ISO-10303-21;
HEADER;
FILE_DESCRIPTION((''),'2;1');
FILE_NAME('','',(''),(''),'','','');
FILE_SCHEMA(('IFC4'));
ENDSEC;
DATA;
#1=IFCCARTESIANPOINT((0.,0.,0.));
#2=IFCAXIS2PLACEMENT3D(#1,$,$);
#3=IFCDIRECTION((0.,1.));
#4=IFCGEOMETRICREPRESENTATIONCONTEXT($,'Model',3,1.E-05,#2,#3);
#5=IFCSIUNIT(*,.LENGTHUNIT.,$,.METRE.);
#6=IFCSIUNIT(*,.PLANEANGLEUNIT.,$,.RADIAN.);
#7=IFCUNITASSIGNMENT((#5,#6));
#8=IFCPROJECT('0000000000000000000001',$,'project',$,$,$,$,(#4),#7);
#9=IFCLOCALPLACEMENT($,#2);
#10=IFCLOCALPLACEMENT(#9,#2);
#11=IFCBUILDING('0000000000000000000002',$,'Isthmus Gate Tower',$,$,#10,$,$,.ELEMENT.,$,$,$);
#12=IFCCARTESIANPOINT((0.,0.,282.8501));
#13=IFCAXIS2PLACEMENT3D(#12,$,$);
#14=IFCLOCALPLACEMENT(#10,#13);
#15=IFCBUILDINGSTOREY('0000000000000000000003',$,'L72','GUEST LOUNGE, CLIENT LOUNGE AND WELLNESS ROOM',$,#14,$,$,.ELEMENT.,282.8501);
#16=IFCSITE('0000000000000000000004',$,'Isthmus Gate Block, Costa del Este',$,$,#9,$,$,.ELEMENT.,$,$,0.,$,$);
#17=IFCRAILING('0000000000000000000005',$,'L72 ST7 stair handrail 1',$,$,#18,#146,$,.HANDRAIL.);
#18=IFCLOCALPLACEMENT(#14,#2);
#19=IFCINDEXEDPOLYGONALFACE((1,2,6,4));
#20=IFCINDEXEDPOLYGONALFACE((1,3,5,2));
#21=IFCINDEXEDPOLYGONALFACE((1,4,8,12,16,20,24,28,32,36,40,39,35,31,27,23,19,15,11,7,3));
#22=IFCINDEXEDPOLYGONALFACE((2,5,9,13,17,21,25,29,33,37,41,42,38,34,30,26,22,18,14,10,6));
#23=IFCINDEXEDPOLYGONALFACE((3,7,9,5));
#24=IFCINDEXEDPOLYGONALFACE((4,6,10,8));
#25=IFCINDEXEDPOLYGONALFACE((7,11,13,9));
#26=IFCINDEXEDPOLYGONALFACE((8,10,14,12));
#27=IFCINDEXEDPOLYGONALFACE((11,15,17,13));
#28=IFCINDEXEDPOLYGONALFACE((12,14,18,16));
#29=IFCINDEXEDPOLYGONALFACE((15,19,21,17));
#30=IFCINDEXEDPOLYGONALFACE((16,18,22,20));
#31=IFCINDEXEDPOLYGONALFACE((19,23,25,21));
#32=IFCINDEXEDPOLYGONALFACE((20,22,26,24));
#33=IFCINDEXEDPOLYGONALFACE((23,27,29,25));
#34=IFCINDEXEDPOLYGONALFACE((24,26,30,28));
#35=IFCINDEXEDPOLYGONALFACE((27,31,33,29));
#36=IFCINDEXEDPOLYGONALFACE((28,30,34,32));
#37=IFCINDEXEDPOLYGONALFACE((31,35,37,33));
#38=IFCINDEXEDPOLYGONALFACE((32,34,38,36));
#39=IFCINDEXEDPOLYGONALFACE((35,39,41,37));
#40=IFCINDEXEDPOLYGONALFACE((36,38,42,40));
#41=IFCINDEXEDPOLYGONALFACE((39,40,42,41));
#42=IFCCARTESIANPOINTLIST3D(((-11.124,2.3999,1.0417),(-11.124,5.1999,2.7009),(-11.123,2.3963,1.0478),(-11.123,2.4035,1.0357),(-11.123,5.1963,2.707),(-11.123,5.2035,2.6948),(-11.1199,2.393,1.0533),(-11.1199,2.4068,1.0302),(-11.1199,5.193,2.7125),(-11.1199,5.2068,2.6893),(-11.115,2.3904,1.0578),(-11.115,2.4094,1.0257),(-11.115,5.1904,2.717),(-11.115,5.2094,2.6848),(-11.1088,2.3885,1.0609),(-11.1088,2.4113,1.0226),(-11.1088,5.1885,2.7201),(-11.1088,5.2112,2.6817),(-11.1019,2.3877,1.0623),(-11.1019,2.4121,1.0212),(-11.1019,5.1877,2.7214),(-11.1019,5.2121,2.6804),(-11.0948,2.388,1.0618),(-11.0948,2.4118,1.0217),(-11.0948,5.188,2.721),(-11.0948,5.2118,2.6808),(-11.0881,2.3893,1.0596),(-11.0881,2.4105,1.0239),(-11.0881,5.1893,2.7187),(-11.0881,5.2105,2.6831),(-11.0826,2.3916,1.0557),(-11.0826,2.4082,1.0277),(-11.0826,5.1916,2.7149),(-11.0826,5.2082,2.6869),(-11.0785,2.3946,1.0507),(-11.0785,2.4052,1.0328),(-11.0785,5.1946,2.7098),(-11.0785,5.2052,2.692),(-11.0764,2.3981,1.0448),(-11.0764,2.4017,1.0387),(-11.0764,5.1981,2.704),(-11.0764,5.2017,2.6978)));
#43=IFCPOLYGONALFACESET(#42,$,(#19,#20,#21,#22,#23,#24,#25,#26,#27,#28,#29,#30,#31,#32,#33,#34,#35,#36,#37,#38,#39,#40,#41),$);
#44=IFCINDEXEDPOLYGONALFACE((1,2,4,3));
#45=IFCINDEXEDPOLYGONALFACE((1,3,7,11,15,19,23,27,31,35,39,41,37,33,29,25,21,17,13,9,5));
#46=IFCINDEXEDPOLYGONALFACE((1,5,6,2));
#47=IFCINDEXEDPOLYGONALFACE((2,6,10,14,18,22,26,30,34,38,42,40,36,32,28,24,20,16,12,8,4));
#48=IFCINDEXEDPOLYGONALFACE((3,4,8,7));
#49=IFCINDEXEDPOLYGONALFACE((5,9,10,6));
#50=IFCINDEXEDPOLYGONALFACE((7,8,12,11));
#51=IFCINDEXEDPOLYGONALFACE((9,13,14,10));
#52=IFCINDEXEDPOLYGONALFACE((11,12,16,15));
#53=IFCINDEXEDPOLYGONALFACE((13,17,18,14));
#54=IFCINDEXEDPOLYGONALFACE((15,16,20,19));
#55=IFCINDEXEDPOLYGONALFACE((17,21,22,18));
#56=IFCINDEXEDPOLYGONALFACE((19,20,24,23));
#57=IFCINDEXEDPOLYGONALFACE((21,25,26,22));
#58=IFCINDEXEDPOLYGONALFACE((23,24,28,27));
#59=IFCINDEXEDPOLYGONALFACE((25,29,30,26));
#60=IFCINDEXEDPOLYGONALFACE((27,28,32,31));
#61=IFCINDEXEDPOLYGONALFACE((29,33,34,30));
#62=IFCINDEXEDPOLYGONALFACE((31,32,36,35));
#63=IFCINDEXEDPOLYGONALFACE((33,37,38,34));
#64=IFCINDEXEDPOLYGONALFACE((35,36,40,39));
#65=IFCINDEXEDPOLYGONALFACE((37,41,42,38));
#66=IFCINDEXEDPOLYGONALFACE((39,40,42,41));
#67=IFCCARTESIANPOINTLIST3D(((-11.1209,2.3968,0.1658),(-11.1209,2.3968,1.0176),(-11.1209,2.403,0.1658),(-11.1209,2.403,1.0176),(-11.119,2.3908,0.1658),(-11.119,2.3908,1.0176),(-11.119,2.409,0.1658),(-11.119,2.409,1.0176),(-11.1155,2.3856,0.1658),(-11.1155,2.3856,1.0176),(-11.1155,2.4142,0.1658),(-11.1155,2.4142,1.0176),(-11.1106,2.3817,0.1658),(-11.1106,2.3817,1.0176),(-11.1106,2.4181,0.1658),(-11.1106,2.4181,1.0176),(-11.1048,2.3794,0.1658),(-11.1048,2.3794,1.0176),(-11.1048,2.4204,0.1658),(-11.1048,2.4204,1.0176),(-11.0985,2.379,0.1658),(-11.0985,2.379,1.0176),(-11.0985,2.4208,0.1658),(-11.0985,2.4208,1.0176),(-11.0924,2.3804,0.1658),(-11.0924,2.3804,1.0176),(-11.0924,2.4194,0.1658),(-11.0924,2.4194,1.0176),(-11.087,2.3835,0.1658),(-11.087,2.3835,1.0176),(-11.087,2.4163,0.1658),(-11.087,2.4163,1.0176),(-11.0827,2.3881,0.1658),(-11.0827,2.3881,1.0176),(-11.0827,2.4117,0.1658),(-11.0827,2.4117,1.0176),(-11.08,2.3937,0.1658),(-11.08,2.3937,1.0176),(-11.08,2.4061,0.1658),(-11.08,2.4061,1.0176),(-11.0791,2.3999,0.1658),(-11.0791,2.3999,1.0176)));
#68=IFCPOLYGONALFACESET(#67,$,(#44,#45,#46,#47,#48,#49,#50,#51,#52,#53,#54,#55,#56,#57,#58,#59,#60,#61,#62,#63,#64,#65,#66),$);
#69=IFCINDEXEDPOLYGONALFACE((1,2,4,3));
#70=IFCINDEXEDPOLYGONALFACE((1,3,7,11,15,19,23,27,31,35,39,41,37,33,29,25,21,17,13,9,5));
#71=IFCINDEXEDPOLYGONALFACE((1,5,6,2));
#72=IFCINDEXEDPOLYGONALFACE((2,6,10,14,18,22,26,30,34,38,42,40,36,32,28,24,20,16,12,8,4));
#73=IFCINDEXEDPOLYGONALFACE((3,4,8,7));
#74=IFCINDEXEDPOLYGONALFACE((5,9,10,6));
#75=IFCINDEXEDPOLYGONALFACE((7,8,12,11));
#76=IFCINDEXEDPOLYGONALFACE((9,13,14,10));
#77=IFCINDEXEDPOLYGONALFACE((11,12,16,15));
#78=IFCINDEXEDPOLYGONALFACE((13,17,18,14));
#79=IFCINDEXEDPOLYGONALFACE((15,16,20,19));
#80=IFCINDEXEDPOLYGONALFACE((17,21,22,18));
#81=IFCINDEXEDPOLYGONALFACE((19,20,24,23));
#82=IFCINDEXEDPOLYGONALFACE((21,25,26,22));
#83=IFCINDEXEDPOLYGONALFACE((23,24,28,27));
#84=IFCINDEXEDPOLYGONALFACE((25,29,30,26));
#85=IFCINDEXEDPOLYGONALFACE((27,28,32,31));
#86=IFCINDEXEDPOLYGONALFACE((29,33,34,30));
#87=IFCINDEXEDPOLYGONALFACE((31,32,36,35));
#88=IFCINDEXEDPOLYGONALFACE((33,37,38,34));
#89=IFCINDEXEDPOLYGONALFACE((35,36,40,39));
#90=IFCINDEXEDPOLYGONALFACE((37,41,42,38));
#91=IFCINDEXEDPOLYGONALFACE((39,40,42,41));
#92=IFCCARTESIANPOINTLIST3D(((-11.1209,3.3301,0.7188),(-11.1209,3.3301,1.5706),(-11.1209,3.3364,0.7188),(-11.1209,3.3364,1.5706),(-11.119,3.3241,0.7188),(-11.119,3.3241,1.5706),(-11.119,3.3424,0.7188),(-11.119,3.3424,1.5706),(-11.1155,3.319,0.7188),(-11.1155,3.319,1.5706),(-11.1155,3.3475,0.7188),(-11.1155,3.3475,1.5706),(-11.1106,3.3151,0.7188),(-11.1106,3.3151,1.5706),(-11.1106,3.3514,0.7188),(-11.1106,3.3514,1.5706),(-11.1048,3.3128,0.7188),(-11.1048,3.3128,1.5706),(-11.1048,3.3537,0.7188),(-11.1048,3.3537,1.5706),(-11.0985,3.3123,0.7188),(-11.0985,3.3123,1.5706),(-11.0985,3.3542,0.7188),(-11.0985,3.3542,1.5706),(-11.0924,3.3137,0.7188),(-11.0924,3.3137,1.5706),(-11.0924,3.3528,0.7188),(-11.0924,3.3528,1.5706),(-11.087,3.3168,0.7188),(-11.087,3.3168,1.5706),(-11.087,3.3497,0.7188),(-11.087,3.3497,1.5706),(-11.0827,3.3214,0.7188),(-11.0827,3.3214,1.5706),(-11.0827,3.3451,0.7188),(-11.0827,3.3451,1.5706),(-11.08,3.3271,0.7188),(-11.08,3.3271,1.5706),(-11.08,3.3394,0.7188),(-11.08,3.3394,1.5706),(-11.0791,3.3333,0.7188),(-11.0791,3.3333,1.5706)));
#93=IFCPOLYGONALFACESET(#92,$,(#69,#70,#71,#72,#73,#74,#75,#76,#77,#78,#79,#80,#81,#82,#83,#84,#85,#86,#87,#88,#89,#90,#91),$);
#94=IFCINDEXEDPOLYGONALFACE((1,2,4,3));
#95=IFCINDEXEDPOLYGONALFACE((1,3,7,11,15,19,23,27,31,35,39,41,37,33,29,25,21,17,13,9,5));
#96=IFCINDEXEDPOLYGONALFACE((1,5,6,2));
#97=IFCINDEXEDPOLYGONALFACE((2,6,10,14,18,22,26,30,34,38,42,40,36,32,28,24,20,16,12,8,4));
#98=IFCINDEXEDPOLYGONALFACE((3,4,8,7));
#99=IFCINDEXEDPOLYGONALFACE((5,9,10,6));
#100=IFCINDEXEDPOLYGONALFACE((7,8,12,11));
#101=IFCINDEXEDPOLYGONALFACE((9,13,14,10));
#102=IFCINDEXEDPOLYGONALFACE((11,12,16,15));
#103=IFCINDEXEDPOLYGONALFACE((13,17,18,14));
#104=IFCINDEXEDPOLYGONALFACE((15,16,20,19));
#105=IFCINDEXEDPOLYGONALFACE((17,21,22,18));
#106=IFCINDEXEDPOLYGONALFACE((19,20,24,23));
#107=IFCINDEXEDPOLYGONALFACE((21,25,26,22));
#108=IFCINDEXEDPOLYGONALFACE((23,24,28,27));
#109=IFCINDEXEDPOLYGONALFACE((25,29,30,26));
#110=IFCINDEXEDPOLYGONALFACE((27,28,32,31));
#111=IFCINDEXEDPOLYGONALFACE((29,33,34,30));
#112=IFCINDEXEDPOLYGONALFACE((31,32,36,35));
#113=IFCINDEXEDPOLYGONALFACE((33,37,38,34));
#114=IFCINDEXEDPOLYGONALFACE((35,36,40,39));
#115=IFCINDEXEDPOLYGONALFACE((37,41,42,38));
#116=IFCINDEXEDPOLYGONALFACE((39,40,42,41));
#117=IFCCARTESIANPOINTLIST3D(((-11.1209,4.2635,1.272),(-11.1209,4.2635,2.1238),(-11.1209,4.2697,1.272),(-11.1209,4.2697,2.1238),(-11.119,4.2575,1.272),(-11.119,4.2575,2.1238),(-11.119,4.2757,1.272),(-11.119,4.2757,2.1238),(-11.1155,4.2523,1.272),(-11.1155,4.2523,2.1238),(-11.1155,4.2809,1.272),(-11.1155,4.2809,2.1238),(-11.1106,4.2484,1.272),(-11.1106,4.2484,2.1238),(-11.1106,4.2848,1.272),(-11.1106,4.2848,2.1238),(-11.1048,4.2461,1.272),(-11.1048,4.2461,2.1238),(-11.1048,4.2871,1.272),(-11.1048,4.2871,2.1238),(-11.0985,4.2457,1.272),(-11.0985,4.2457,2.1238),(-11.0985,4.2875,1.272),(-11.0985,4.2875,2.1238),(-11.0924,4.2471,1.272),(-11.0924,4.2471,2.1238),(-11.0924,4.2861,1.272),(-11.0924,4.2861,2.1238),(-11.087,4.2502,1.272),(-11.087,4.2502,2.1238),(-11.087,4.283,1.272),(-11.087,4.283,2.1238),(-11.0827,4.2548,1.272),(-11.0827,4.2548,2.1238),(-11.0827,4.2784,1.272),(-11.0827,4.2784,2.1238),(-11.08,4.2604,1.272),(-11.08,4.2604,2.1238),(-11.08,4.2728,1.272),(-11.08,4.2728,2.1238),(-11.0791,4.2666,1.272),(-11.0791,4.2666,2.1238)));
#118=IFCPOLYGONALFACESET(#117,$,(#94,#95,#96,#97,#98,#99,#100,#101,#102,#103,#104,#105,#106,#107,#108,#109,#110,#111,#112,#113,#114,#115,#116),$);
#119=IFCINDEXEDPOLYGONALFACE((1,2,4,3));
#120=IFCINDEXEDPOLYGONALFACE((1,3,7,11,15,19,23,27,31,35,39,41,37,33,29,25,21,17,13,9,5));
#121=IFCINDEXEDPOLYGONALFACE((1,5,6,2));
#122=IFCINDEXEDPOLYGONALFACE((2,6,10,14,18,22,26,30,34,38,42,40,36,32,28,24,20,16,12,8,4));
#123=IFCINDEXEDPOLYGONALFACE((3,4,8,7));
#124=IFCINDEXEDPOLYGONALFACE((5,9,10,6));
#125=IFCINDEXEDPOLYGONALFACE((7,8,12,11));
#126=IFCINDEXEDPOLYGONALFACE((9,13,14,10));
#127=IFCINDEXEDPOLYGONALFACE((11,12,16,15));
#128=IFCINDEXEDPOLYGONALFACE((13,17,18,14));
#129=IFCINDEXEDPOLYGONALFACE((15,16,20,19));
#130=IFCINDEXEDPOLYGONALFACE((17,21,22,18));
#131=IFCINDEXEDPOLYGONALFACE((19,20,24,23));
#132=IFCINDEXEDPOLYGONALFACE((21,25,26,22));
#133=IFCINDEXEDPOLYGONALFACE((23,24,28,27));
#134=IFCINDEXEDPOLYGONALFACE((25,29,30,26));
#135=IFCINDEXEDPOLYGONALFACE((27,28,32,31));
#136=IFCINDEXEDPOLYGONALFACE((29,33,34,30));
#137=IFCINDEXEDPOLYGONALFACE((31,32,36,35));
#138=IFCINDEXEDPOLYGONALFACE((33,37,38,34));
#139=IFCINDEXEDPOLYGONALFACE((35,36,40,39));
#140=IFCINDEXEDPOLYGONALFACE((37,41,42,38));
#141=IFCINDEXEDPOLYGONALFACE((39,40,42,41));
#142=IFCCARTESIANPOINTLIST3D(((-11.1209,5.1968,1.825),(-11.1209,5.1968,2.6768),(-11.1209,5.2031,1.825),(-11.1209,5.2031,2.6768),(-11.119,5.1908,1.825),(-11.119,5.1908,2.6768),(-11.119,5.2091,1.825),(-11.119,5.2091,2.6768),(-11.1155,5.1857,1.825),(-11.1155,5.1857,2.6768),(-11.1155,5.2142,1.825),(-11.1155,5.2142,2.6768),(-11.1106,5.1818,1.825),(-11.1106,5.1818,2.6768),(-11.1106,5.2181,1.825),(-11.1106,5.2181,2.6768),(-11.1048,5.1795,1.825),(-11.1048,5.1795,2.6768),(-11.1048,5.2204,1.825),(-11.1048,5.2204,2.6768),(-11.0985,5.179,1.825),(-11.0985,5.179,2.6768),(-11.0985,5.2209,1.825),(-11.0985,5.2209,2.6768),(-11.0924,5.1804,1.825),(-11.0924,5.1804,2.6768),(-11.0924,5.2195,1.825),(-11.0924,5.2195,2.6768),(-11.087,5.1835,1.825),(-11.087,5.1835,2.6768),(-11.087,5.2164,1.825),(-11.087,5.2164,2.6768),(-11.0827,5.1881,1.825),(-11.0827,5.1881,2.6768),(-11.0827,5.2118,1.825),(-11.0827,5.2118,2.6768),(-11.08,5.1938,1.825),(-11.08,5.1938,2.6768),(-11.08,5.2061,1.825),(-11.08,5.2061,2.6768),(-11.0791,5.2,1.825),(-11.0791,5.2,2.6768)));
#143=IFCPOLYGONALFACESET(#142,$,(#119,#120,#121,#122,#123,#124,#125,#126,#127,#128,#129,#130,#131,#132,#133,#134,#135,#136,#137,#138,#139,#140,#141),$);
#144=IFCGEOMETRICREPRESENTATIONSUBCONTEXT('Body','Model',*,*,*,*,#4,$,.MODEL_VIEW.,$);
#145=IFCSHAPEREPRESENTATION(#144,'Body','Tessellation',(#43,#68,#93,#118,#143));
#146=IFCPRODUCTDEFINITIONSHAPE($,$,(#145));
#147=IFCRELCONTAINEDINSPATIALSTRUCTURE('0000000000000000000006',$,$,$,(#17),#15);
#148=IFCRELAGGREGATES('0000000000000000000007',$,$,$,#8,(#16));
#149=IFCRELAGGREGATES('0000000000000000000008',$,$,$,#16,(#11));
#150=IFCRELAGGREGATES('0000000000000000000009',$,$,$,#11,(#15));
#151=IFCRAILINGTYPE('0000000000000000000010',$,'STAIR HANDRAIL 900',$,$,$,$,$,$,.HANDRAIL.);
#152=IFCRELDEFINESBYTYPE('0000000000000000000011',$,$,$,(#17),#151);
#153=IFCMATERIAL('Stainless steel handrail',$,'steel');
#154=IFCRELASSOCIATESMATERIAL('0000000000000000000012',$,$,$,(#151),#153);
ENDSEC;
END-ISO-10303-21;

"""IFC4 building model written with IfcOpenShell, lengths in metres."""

from ifc_helpers import new_model, si_unit, direction, frame, origin, origin_2d, place, context, subcontext, project, spatial, circle, extrude, material, type_object, element, save


model = new_model("IFC4")

# Units and contexts
model_context = context("Model", 3, precision=1e-05, world=origin(), true_north=direction((0.0, 1.0)))
body_context = subcontext(model_context, "Body", "Model", "MODEL_VIEW")
ifc_project = project(units=[si_unit("LENGTHUNIT", "METRE"), si_unit("PLANEANGLEUNIT", "RADIAN")], contexts=[model_context])

# Site, building, storey
site_placement = place(None, origin())
site = spatial("IfcSite", under=ifc_project, at=site_placement, Name="Isthmus Gate Block, Costa del Este", CompositionType="ELEMENT", RefElevation=0.0)
building_placement = place(site_placement, origin())
building = spatial("IfcBuilding", under=site, at=building_placement, Name="Isthmus Gate Tower", CompositionType="ELEMENT")
storey_placement = place(building_placement, frame((0.0, 0.0, 282.8501)))
storey = spatial("IfcBuildingStorey", under=building, at=storey_placement, Name="L72", Description="GUEST LOUNGE, CLIENT LOUNGE AND WELLNESS ROOM", CompositionType="ELEMENT", Elevation=282.8501)

# Railing
ifc_material_1 = material(Name="Stainless steel handrail", Category="steel")
railing_type_1 = type_object("IfcRailingType", Name="STAIR HANDRAIL 900", PredefinedType="HANDRAIL", material=ifc_material_1)
railing_1_placement = place(storey_placement, frame((-11.1001, 2.3999, 0.1658)))
element("IfcRailing", 1, at=railing_1_placement, inside=storey, type_object=railing_type_1, Name="L72 ST7 stair handrail 1", PredefinedType="HANDRAIL", context=body_context, shape_type="SweptSolid", body=[
    extrude(circle(Radius=0.0239, at=origin_2d()), frame((0.0, 0.0, 0.876), z_axis=(0.0, 0.860306, 0.509778), x_axis=(-1.0, 0.0, 0.0)), (0.0, 0.0, 1.0), 3.2546),
    extrude(circle(Radius=0.021, at=origin_2d()), origin(), (0.0, 0.0, 1.0), 0.8518),
    extrude(circle(Radius=0.021, at=origin_2d()), frame((0.0, 0.9333, 0.553)), (0.0, 0.0, 1.0), 0.8518),
    extrude(circle(Radius=0.021, at=origin_2d()), frame((0.0, 1.8667, 1.1062)), (0.0, 0.0, 1.0), 0.8518),
    extrude(circle(Radius=0.021, at=origin_2d()), frame((0.0, 2.8, 1.6592)), (0.0, 0.0, 1.0), 0.8518),
])

save(model, "model.ifc")
